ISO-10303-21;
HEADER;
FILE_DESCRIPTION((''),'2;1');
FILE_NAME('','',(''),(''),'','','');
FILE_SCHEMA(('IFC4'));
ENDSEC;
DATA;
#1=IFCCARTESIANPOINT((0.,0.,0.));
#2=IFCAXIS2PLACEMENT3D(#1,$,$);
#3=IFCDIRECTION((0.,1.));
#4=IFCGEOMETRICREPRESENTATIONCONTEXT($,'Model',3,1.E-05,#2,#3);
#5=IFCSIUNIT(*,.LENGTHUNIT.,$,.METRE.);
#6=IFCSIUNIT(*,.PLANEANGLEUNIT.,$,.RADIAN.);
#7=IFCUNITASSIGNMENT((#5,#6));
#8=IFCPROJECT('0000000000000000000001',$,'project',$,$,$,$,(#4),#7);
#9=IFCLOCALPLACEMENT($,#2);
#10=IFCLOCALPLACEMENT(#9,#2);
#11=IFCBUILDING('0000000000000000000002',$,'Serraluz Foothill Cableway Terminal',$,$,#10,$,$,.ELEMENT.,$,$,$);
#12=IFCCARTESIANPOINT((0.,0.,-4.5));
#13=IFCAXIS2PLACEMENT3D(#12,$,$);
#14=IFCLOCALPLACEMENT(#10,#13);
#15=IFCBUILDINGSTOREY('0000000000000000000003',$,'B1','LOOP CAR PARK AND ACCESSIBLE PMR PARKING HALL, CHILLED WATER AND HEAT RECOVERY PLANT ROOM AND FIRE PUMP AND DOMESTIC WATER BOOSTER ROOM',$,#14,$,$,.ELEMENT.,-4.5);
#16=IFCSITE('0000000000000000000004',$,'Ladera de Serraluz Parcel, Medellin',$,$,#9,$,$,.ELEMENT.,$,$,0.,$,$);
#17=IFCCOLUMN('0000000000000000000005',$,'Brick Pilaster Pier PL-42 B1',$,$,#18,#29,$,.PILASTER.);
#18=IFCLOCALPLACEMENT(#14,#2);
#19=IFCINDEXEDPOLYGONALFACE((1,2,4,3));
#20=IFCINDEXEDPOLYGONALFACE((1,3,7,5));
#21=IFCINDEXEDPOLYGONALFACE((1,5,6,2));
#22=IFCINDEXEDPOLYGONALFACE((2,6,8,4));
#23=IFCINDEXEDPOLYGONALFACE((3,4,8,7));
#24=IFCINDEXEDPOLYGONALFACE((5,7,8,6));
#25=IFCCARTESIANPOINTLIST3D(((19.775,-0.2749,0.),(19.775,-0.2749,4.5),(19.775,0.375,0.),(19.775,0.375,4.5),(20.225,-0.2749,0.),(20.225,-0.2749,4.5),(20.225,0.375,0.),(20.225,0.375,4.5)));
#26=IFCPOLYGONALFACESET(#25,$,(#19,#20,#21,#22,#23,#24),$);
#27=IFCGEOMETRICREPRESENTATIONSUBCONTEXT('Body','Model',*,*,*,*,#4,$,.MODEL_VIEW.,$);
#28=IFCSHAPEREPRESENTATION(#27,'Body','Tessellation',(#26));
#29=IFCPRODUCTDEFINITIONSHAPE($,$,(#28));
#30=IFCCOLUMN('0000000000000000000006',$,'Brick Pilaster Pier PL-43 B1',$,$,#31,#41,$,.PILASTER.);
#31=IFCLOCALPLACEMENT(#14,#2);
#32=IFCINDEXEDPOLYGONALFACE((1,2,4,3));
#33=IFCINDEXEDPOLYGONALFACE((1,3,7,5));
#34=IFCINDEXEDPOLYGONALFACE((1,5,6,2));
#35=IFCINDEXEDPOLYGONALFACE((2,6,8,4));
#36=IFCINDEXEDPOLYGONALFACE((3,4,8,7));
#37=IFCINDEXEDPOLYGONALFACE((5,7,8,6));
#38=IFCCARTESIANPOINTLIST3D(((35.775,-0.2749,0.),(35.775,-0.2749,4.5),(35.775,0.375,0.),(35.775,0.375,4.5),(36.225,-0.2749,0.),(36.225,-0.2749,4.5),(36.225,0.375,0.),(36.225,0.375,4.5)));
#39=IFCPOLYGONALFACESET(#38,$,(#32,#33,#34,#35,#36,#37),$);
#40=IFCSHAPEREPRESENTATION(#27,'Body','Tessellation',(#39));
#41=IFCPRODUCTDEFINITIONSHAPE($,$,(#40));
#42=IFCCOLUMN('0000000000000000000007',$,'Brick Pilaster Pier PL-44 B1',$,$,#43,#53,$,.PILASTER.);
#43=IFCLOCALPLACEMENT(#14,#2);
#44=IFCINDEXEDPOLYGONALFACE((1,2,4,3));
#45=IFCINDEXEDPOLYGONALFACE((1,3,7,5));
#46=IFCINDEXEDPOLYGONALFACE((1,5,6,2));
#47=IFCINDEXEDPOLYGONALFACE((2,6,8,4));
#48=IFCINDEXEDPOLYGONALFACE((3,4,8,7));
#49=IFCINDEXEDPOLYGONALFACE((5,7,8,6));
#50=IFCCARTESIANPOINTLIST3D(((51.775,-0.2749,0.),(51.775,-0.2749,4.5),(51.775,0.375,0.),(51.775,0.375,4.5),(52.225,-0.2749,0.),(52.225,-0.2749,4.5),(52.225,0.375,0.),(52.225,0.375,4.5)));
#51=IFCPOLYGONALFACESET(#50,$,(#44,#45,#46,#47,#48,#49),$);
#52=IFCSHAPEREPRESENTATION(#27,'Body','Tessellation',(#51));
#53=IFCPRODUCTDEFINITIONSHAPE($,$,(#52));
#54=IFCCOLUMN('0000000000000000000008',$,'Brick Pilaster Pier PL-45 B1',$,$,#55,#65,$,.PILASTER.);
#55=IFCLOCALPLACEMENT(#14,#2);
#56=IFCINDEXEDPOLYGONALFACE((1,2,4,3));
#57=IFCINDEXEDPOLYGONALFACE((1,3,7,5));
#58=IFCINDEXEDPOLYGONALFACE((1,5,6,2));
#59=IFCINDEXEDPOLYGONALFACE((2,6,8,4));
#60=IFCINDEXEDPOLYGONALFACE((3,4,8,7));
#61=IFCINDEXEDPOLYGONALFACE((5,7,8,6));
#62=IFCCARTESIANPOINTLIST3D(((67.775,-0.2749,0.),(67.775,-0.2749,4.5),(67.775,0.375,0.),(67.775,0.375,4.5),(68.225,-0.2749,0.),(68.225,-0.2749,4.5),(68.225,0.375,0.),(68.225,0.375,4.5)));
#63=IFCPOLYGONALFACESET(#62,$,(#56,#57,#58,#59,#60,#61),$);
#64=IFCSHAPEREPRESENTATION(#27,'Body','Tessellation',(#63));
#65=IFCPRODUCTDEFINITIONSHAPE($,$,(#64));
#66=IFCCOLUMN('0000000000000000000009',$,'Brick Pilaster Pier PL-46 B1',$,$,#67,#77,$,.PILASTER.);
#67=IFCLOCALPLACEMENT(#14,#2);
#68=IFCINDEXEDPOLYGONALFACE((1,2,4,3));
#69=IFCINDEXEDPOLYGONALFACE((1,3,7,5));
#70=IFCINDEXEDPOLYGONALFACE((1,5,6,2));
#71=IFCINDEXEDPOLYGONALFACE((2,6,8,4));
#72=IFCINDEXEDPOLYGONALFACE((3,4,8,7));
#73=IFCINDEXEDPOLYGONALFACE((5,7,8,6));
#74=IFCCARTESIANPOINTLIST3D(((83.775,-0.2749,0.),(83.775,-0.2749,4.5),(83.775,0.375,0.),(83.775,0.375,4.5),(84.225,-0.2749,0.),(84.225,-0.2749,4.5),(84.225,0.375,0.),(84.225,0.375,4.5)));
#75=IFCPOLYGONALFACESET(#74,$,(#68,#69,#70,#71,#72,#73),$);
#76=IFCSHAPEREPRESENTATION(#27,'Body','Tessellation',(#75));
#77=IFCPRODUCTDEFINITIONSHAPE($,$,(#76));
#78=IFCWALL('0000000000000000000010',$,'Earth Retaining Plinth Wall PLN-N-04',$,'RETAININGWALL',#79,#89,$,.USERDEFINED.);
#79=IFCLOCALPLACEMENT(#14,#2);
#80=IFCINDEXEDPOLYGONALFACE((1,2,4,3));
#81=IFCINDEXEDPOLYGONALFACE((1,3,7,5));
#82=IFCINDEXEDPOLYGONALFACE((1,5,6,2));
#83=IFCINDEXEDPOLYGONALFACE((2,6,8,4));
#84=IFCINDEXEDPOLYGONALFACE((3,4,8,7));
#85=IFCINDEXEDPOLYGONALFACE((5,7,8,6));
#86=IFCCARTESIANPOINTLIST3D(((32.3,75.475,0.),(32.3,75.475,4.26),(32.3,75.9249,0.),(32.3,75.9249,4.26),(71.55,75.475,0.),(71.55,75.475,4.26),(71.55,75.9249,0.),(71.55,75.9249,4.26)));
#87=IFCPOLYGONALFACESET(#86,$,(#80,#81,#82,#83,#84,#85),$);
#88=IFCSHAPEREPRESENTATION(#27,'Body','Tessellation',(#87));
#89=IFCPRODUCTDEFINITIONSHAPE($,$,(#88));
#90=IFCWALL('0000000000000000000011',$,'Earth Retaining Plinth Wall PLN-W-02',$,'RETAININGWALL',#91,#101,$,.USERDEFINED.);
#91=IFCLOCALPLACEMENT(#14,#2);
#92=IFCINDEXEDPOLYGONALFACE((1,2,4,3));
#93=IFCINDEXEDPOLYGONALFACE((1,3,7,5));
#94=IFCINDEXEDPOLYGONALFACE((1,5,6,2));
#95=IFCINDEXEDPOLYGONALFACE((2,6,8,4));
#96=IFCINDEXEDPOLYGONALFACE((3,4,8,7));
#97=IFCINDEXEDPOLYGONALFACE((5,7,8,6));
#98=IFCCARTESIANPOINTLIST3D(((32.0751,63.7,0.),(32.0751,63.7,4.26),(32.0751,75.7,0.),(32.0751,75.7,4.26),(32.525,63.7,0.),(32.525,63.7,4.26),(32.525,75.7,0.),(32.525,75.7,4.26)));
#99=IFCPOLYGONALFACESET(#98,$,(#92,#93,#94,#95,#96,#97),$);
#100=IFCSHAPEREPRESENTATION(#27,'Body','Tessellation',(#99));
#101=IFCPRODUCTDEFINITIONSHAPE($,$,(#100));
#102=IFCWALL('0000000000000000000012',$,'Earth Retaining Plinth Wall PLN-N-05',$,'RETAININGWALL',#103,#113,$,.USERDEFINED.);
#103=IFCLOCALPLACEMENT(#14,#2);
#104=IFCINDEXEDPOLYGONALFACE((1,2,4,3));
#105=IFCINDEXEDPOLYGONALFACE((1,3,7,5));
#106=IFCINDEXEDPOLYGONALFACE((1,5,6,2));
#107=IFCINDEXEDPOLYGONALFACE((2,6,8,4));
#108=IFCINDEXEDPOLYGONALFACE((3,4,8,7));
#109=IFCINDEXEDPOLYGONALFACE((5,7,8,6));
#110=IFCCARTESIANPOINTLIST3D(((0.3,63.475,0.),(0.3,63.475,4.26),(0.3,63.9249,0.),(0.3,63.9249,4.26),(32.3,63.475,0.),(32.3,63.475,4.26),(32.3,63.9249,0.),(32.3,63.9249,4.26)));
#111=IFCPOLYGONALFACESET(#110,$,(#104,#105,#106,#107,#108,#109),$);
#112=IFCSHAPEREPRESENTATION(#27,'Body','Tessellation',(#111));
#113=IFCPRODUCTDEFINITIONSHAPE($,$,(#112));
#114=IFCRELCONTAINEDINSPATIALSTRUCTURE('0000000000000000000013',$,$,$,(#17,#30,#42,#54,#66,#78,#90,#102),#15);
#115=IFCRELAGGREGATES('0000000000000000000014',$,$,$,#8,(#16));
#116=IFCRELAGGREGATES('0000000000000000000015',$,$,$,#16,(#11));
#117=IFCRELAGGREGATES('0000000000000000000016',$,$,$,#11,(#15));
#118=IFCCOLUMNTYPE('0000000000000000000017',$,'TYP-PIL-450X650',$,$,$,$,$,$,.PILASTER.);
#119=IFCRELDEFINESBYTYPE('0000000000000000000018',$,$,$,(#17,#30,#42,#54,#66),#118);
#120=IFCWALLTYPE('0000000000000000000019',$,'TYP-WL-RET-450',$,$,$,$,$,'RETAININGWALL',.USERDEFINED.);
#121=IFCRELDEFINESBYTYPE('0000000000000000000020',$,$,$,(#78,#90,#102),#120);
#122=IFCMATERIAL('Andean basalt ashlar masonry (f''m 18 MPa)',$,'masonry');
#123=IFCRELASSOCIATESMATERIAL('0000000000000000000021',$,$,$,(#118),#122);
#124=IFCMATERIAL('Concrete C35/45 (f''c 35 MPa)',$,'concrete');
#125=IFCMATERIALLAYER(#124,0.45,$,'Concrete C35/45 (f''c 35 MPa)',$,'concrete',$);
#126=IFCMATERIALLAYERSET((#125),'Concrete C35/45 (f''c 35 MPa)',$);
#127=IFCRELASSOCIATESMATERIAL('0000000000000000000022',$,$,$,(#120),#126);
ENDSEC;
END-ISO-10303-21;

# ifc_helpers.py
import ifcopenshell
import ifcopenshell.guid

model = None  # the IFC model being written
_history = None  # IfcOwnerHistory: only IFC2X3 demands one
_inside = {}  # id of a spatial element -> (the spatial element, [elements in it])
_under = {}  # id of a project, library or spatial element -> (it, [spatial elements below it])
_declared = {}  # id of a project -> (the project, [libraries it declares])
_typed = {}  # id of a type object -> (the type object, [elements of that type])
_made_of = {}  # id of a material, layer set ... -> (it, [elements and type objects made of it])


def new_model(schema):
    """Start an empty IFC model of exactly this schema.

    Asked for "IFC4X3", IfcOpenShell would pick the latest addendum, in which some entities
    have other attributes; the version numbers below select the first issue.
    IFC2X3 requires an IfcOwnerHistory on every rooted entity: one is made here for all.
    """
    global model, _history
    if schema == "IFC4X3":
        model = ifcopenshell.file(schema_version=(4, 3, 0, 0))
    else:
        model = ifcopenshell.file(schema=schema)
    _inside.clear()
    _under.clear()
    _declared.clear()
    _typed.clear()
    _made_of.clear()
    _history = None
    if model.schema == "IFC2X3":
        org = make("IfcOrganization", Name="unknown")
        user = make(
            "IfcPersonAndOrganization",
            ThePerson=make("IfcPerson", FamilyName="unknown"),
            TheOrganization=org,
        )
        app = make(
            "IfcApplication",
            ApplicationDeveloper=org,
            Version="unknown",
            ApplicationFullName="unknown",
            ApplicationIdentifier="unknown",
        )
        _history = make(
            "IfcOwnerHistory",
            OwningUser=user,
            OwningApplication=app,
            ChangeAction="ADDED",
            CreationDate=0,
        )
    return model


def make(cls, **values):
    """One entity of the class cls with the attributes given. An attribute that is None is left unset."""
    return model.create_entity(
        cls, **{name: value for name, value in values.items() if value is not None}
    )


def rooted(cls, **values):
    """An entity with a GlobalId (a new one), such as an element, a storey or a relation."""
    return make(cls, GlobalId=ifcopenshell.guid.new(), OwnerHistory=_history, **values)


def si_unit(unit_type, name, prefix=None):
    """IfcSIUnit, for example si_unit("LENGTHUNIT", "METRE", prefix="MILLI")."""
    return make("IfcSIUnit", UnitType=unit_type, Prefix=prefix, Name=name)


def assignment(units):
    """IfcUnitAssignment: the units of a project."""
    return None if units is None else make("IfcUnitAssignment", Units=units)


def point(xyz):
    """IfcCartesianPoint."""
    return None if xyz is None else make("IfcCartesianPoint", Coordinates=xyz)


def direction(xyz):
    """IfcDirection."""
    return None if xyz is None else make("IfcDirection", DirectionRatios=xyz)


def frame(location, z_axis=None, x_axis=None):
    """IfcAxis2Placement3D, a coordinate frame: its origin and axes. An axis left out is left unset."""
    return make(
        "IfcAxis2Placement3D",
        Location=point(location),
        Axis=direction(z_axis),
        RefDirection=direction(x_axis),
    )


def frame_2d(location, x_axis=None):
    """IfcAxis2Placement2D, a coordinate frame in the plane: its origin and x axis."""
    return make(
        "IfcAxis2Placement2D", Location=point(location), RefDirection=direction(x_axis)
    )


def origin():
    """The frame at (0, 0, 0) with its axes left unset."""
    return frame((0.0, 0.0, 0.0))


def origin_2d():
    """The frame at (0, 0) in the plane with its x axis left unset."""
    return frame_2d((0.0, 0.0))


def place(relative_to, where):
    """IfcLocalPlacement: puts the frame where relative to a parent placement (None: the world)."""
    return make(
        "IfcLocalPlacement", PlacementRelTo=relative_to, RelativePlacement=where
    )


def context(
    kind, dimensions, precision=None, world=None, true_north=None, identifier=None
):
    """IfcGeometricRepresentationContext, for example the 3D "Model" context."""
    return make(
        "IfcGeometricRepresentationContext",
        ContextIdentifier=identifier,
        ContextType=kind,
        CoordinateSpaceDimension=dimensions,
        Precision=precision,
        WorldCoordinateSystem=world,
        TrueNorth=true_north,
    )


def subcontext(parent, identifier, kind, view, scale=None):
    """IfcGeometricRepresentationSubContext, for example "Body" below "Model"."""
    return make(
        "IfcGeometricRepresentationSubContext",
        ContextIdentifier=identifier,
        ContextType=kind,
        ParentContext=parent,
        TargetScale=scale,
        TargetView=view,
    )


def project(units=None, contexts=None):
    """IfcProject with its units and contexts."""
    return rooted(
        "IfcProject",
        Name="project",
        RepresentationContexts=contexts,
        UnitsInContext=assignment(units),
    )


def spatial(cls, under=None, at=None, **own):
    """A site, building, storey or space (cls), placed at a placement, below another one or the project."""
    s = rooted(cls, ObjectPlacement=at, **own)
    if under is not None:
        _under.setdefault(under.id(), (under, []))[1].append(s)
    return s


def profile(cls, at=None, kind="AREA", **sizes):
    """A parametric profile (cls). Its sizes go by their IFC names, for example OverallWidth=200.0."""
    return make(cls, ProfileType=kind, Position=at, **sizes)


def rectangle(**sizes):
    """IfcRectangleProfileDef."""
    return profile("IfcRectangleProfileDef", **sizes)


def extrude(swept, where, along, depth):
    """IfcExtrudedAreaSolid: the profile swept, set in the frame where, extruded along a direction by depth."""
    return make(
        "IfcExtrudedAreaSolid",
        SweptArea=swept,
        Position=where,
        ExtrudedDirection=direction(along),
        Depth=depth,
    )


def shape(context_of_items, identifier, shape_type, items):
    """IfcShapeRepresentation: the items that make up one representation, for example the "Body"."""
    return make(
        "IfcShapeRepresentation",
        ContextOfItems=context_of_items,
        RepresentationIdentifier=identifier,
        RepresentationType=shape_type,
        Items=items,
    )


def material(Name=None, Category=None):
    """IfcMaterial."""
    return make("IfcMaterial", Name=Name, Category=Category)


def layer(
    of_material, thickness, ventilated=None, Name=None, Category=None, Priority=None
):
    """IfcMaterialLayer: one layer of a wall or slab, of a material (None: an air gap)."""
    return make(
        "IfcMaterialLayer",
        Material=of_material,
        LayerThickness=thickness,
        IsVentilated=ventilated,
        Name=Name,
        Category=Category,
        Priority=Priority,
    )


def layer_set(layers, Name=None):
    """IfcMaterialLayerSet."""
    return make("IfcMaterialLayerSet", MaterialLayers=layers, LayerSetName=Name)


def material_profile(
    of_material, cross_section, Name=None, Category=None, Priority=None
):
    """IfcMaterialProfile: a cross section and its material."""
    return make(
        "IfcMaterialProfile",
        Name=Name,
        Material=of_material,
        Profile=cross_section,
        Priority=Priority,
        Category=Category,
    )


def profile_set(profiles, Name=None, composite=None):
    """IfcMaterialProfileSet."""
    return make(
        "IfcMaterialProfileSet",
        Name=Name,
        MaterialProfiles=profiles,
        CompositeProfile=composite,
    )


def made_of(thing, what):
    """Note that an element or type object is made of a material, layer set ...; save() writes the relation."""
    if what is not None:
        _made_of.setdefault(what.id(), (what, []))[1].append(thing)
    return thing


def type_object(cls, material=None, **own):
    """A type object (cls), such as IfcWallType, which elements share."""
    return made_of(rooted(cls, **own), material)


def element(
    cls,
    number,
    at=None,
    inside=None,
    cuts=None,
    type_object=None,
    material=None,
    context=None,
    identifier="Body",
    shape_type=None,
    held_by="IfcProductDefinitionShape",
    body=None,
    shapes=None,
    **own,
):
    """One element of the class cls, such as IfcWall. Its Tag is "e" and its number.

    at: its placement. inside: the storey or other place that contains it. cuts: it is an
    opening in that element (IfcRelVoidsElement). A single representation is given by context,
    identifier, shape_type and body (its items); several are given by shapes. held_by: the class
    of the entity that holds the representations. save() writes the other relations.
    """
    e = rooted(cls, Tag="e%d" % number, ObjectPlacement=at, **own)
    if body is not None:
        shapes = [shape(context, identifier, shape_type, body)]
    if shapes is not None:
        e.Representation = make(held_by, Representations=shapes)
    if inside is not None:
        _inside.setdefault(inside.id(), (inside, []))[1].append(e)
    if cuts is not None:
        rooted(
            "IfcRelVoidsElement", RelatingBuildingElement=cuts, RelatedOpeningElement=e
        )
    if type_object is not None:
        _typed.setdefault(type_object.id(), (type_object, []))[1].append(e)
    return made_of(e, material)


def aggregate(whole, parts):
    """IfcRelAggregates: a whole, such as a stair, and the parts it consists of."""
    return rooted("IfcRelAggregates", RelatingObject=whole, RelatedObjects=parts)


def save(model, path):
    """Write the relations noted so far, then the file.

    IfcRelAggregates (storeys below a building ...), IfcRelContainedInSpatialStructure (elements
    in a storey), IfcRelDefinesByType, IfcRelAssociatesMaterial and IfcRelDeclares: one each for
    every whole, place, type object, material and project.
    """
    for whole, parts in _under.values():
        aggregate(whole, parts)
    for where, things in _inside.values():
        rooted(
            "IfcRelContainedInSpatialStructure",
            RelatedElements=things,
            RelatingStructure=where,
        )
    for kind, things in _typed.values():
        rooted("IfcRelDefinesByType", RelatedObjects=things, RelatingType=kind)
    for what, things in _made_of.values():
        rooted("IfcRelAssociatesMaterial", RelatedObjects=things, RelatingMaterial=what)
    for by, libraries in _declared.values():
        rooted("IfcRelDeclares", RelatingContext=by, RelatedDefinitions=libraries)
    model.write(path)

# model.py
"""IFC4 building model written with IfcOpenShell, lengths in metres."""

from ifc_helpers import new_model, si_unit, direction, frame, frame_2d, origin, origin_2d, place, context, subcontext, project, spatial, rectangle, extrude, material, layer, layer_set, material_profile, profile_set, type_object, element, save


model = new_model("IFC4")

# Units and contexts
model_context = context("Model", 3, precision=1e-05, world=origin(), true_north=direction((0.0, 1.0)))
body_context = subcontext(model_context, "Body", "Model", "MODEL_VIEW")
ifc_project = project(units=[si_unit("LENGTHUNIT", "METRE"), si_unit("PLANEANGLEUNIT", "RADIAN")], contexts=[model_context])

# Site, building, storey
site_placement = place(None, origin())
site = spatial("IfcSite", under=ifc_project, at=site_placement, Name="Ladera de Serraluz Parcel, Medellin", CompositionType="ELEMENT", RefElevation=0.0)
building_placement = place(site_placement, origin())
building = spatial("IfcBuilding", under=site, at=building_placement, Name="Serraluz Foothill Cableway Terminal", CompositionType="ELEMENT")
storey_placement = place(building_placement, frame((0.0, 0.0, -4.5)))
storey = spatial("IfcBuildingStorey", under=building, at=storey_placement, Name="B1", Description="LOOP CAR PARK AND ACCESSIBLE PMR PARKING HALL, CHILLED WATER AND HEAT RECOVERY PLANT ROOM AND FIRE PUMP AND DOMESTIC WATER BOOSTER ROOM", CompositionType="ELEMENT", Elevation=-4.5)

# Shared definitions
ifc_material_1 = material(Name="Concrete C35/45 (f'c 35 MPa)", Category="concrete")

# Columns
ifc_material_2 = material(Name="Andean basalt ashlar masonry (f'm 18 MPa)", Category="masonry")
ifc_material_profile_1 = material_profile(ifc_material_2, rectangle(XDim=0.45, YDim=0.6499, at=origin_2d()), Name="PIL 450x650")
ifc_profile_set_1 = profile_set([ifc_material_profile_1], Name="Andean basalt ashlar masonry (f'm 18 MPa)")
column_type = type_object("IfcColumnType", Name="TYP-PIL-450X650", PredefinedType="PILASTER", material=ifc_profile_set_1)
for number, where, z_axis, x_axis, name in (
    (1, (20.0, 0.05, 0.0), (0.0, 0.0, 1.0), (1.0, 0.0, 0.0), "Brick Pilaster Pier PL-42 B1"),
    (2, (36.0, 0.05, 0.0), (0.0, 0.0, 1.0), (1.0, 0.0, 0.0), "Brick Pilaster Pier PL-43 B1"),
    (3, (52.0, 0.05, 0.0), (0.0, 0.0, 1.0), (1.0, 0.0, 0.0), "Brick Pilaster Pier PL-44 B1"),
    (4, (68.0, 0.05, 0.0), (0.0, 0.0, 1.0), (1.0, 0.0, 0.0), "Brick Pilaster Pier PL-45 B1"),
    (5, (84.0, 0.05, 0.0), (0.0, 0.0, 1.0), (1.0, 0.0, 0.0), "Brick Pilaster Pier PL-46 B1"),
):
    element("IfcColumn", number, at=place(storey_placement, frame(where, z_axis=z_axis, x_axis=x_axis)), inside=storey, type_object=column_type, Name=name, PredefinedType="PILASTER", context=body_context, shape_type="SweptSolid", body=[
        extrude(rectangle(XDim=0.45, YDim=0.6499, at=origin_2d()), origin(), (0.0, 0.0, 1.0), 4.5),
    ])

# Walls
ifc_layer = layer(ifc_material_1, 0.45, Name="Concrete C35/45 (f'c 35 MPa)", Category="concrete")
ifc_layer_set = layer_set([ifc_layer], Name="Concrete C35/45 (f'c 35 MPa)")
wall_type = type_object("IfcWallType", Name="TYP-WL-RET-450", ElementType="RETAININGWALL", PredefinedType="USERDEFINED", material=ifc_layer_set)
wall_1_placement = place(storey_placement, frame((71.55, 75.7, 0.0), z_axis=(0.0, 0.0, 1.0), x_axis=(-1.0, 0.0, 0.0)))
element("IfcWall", 6, at=wall_1_placement, inside=storey, type_object=wall_type, Name="Earth Retaining Plinth Wall PLN-N-04", ObjectType="RETAININGWALL", PredefinedType="USERDEFINED", context=body_context, shape_type="SweptSolid", body=[
    extrude(rectangle(XDim=39.25, YDim=0.45, at=frame_2d((19.625, 0.0))), origin(), (0.0, 0.0, 1.0), 4.26),
])
wall_2_placement = place(storey_placement, frame((32.3, 75.7, 0.0), z_axis=(0.0, 0.0, 1.0), x_axis=(0.0, -1.0, 0.0)))
element("IfcWall", 7, at=wall_2_placement, inside=storey, type_object=wall_type, Name="Earth Retaining Plinth Wall PLN-W-02", ObjectType="RETAININGWALL", PredefinedType="USERDEFINED", context=body_context, shape_type="SweptSolid", body=[
    extrude(rectangle(XDim=12.0, YDim=0.45, at=frame_2d((6.0, 0.0))), origin(), (0.0, 0.0, 1.0), 4.26),
])
wall_3_placement = place(storey_placement, frame((32.3, 63.7, 0.0), z_axis=(0.0, 0.0, 1.0), x_axis=(-1.0, 0.0, 0.0)))
element("IfcWall", 8, at=wall_3_placement, inside=storey, type_object=wall_type, Name="Earth Retaining Plinth Wall PLN-N-05", ObjectType="RETAININGWALL", PredefinedType="USERDEFINED", context=body_context, shape_type="SweptSolid", body=[
    extrude(rectangle(XDim=32.0, YDim=0.45, at=frame_2d((16.0, 0.0))), origin(), (0.0, 0.0, 1.0), 4.26),
])

save(model, "model.ifc")
